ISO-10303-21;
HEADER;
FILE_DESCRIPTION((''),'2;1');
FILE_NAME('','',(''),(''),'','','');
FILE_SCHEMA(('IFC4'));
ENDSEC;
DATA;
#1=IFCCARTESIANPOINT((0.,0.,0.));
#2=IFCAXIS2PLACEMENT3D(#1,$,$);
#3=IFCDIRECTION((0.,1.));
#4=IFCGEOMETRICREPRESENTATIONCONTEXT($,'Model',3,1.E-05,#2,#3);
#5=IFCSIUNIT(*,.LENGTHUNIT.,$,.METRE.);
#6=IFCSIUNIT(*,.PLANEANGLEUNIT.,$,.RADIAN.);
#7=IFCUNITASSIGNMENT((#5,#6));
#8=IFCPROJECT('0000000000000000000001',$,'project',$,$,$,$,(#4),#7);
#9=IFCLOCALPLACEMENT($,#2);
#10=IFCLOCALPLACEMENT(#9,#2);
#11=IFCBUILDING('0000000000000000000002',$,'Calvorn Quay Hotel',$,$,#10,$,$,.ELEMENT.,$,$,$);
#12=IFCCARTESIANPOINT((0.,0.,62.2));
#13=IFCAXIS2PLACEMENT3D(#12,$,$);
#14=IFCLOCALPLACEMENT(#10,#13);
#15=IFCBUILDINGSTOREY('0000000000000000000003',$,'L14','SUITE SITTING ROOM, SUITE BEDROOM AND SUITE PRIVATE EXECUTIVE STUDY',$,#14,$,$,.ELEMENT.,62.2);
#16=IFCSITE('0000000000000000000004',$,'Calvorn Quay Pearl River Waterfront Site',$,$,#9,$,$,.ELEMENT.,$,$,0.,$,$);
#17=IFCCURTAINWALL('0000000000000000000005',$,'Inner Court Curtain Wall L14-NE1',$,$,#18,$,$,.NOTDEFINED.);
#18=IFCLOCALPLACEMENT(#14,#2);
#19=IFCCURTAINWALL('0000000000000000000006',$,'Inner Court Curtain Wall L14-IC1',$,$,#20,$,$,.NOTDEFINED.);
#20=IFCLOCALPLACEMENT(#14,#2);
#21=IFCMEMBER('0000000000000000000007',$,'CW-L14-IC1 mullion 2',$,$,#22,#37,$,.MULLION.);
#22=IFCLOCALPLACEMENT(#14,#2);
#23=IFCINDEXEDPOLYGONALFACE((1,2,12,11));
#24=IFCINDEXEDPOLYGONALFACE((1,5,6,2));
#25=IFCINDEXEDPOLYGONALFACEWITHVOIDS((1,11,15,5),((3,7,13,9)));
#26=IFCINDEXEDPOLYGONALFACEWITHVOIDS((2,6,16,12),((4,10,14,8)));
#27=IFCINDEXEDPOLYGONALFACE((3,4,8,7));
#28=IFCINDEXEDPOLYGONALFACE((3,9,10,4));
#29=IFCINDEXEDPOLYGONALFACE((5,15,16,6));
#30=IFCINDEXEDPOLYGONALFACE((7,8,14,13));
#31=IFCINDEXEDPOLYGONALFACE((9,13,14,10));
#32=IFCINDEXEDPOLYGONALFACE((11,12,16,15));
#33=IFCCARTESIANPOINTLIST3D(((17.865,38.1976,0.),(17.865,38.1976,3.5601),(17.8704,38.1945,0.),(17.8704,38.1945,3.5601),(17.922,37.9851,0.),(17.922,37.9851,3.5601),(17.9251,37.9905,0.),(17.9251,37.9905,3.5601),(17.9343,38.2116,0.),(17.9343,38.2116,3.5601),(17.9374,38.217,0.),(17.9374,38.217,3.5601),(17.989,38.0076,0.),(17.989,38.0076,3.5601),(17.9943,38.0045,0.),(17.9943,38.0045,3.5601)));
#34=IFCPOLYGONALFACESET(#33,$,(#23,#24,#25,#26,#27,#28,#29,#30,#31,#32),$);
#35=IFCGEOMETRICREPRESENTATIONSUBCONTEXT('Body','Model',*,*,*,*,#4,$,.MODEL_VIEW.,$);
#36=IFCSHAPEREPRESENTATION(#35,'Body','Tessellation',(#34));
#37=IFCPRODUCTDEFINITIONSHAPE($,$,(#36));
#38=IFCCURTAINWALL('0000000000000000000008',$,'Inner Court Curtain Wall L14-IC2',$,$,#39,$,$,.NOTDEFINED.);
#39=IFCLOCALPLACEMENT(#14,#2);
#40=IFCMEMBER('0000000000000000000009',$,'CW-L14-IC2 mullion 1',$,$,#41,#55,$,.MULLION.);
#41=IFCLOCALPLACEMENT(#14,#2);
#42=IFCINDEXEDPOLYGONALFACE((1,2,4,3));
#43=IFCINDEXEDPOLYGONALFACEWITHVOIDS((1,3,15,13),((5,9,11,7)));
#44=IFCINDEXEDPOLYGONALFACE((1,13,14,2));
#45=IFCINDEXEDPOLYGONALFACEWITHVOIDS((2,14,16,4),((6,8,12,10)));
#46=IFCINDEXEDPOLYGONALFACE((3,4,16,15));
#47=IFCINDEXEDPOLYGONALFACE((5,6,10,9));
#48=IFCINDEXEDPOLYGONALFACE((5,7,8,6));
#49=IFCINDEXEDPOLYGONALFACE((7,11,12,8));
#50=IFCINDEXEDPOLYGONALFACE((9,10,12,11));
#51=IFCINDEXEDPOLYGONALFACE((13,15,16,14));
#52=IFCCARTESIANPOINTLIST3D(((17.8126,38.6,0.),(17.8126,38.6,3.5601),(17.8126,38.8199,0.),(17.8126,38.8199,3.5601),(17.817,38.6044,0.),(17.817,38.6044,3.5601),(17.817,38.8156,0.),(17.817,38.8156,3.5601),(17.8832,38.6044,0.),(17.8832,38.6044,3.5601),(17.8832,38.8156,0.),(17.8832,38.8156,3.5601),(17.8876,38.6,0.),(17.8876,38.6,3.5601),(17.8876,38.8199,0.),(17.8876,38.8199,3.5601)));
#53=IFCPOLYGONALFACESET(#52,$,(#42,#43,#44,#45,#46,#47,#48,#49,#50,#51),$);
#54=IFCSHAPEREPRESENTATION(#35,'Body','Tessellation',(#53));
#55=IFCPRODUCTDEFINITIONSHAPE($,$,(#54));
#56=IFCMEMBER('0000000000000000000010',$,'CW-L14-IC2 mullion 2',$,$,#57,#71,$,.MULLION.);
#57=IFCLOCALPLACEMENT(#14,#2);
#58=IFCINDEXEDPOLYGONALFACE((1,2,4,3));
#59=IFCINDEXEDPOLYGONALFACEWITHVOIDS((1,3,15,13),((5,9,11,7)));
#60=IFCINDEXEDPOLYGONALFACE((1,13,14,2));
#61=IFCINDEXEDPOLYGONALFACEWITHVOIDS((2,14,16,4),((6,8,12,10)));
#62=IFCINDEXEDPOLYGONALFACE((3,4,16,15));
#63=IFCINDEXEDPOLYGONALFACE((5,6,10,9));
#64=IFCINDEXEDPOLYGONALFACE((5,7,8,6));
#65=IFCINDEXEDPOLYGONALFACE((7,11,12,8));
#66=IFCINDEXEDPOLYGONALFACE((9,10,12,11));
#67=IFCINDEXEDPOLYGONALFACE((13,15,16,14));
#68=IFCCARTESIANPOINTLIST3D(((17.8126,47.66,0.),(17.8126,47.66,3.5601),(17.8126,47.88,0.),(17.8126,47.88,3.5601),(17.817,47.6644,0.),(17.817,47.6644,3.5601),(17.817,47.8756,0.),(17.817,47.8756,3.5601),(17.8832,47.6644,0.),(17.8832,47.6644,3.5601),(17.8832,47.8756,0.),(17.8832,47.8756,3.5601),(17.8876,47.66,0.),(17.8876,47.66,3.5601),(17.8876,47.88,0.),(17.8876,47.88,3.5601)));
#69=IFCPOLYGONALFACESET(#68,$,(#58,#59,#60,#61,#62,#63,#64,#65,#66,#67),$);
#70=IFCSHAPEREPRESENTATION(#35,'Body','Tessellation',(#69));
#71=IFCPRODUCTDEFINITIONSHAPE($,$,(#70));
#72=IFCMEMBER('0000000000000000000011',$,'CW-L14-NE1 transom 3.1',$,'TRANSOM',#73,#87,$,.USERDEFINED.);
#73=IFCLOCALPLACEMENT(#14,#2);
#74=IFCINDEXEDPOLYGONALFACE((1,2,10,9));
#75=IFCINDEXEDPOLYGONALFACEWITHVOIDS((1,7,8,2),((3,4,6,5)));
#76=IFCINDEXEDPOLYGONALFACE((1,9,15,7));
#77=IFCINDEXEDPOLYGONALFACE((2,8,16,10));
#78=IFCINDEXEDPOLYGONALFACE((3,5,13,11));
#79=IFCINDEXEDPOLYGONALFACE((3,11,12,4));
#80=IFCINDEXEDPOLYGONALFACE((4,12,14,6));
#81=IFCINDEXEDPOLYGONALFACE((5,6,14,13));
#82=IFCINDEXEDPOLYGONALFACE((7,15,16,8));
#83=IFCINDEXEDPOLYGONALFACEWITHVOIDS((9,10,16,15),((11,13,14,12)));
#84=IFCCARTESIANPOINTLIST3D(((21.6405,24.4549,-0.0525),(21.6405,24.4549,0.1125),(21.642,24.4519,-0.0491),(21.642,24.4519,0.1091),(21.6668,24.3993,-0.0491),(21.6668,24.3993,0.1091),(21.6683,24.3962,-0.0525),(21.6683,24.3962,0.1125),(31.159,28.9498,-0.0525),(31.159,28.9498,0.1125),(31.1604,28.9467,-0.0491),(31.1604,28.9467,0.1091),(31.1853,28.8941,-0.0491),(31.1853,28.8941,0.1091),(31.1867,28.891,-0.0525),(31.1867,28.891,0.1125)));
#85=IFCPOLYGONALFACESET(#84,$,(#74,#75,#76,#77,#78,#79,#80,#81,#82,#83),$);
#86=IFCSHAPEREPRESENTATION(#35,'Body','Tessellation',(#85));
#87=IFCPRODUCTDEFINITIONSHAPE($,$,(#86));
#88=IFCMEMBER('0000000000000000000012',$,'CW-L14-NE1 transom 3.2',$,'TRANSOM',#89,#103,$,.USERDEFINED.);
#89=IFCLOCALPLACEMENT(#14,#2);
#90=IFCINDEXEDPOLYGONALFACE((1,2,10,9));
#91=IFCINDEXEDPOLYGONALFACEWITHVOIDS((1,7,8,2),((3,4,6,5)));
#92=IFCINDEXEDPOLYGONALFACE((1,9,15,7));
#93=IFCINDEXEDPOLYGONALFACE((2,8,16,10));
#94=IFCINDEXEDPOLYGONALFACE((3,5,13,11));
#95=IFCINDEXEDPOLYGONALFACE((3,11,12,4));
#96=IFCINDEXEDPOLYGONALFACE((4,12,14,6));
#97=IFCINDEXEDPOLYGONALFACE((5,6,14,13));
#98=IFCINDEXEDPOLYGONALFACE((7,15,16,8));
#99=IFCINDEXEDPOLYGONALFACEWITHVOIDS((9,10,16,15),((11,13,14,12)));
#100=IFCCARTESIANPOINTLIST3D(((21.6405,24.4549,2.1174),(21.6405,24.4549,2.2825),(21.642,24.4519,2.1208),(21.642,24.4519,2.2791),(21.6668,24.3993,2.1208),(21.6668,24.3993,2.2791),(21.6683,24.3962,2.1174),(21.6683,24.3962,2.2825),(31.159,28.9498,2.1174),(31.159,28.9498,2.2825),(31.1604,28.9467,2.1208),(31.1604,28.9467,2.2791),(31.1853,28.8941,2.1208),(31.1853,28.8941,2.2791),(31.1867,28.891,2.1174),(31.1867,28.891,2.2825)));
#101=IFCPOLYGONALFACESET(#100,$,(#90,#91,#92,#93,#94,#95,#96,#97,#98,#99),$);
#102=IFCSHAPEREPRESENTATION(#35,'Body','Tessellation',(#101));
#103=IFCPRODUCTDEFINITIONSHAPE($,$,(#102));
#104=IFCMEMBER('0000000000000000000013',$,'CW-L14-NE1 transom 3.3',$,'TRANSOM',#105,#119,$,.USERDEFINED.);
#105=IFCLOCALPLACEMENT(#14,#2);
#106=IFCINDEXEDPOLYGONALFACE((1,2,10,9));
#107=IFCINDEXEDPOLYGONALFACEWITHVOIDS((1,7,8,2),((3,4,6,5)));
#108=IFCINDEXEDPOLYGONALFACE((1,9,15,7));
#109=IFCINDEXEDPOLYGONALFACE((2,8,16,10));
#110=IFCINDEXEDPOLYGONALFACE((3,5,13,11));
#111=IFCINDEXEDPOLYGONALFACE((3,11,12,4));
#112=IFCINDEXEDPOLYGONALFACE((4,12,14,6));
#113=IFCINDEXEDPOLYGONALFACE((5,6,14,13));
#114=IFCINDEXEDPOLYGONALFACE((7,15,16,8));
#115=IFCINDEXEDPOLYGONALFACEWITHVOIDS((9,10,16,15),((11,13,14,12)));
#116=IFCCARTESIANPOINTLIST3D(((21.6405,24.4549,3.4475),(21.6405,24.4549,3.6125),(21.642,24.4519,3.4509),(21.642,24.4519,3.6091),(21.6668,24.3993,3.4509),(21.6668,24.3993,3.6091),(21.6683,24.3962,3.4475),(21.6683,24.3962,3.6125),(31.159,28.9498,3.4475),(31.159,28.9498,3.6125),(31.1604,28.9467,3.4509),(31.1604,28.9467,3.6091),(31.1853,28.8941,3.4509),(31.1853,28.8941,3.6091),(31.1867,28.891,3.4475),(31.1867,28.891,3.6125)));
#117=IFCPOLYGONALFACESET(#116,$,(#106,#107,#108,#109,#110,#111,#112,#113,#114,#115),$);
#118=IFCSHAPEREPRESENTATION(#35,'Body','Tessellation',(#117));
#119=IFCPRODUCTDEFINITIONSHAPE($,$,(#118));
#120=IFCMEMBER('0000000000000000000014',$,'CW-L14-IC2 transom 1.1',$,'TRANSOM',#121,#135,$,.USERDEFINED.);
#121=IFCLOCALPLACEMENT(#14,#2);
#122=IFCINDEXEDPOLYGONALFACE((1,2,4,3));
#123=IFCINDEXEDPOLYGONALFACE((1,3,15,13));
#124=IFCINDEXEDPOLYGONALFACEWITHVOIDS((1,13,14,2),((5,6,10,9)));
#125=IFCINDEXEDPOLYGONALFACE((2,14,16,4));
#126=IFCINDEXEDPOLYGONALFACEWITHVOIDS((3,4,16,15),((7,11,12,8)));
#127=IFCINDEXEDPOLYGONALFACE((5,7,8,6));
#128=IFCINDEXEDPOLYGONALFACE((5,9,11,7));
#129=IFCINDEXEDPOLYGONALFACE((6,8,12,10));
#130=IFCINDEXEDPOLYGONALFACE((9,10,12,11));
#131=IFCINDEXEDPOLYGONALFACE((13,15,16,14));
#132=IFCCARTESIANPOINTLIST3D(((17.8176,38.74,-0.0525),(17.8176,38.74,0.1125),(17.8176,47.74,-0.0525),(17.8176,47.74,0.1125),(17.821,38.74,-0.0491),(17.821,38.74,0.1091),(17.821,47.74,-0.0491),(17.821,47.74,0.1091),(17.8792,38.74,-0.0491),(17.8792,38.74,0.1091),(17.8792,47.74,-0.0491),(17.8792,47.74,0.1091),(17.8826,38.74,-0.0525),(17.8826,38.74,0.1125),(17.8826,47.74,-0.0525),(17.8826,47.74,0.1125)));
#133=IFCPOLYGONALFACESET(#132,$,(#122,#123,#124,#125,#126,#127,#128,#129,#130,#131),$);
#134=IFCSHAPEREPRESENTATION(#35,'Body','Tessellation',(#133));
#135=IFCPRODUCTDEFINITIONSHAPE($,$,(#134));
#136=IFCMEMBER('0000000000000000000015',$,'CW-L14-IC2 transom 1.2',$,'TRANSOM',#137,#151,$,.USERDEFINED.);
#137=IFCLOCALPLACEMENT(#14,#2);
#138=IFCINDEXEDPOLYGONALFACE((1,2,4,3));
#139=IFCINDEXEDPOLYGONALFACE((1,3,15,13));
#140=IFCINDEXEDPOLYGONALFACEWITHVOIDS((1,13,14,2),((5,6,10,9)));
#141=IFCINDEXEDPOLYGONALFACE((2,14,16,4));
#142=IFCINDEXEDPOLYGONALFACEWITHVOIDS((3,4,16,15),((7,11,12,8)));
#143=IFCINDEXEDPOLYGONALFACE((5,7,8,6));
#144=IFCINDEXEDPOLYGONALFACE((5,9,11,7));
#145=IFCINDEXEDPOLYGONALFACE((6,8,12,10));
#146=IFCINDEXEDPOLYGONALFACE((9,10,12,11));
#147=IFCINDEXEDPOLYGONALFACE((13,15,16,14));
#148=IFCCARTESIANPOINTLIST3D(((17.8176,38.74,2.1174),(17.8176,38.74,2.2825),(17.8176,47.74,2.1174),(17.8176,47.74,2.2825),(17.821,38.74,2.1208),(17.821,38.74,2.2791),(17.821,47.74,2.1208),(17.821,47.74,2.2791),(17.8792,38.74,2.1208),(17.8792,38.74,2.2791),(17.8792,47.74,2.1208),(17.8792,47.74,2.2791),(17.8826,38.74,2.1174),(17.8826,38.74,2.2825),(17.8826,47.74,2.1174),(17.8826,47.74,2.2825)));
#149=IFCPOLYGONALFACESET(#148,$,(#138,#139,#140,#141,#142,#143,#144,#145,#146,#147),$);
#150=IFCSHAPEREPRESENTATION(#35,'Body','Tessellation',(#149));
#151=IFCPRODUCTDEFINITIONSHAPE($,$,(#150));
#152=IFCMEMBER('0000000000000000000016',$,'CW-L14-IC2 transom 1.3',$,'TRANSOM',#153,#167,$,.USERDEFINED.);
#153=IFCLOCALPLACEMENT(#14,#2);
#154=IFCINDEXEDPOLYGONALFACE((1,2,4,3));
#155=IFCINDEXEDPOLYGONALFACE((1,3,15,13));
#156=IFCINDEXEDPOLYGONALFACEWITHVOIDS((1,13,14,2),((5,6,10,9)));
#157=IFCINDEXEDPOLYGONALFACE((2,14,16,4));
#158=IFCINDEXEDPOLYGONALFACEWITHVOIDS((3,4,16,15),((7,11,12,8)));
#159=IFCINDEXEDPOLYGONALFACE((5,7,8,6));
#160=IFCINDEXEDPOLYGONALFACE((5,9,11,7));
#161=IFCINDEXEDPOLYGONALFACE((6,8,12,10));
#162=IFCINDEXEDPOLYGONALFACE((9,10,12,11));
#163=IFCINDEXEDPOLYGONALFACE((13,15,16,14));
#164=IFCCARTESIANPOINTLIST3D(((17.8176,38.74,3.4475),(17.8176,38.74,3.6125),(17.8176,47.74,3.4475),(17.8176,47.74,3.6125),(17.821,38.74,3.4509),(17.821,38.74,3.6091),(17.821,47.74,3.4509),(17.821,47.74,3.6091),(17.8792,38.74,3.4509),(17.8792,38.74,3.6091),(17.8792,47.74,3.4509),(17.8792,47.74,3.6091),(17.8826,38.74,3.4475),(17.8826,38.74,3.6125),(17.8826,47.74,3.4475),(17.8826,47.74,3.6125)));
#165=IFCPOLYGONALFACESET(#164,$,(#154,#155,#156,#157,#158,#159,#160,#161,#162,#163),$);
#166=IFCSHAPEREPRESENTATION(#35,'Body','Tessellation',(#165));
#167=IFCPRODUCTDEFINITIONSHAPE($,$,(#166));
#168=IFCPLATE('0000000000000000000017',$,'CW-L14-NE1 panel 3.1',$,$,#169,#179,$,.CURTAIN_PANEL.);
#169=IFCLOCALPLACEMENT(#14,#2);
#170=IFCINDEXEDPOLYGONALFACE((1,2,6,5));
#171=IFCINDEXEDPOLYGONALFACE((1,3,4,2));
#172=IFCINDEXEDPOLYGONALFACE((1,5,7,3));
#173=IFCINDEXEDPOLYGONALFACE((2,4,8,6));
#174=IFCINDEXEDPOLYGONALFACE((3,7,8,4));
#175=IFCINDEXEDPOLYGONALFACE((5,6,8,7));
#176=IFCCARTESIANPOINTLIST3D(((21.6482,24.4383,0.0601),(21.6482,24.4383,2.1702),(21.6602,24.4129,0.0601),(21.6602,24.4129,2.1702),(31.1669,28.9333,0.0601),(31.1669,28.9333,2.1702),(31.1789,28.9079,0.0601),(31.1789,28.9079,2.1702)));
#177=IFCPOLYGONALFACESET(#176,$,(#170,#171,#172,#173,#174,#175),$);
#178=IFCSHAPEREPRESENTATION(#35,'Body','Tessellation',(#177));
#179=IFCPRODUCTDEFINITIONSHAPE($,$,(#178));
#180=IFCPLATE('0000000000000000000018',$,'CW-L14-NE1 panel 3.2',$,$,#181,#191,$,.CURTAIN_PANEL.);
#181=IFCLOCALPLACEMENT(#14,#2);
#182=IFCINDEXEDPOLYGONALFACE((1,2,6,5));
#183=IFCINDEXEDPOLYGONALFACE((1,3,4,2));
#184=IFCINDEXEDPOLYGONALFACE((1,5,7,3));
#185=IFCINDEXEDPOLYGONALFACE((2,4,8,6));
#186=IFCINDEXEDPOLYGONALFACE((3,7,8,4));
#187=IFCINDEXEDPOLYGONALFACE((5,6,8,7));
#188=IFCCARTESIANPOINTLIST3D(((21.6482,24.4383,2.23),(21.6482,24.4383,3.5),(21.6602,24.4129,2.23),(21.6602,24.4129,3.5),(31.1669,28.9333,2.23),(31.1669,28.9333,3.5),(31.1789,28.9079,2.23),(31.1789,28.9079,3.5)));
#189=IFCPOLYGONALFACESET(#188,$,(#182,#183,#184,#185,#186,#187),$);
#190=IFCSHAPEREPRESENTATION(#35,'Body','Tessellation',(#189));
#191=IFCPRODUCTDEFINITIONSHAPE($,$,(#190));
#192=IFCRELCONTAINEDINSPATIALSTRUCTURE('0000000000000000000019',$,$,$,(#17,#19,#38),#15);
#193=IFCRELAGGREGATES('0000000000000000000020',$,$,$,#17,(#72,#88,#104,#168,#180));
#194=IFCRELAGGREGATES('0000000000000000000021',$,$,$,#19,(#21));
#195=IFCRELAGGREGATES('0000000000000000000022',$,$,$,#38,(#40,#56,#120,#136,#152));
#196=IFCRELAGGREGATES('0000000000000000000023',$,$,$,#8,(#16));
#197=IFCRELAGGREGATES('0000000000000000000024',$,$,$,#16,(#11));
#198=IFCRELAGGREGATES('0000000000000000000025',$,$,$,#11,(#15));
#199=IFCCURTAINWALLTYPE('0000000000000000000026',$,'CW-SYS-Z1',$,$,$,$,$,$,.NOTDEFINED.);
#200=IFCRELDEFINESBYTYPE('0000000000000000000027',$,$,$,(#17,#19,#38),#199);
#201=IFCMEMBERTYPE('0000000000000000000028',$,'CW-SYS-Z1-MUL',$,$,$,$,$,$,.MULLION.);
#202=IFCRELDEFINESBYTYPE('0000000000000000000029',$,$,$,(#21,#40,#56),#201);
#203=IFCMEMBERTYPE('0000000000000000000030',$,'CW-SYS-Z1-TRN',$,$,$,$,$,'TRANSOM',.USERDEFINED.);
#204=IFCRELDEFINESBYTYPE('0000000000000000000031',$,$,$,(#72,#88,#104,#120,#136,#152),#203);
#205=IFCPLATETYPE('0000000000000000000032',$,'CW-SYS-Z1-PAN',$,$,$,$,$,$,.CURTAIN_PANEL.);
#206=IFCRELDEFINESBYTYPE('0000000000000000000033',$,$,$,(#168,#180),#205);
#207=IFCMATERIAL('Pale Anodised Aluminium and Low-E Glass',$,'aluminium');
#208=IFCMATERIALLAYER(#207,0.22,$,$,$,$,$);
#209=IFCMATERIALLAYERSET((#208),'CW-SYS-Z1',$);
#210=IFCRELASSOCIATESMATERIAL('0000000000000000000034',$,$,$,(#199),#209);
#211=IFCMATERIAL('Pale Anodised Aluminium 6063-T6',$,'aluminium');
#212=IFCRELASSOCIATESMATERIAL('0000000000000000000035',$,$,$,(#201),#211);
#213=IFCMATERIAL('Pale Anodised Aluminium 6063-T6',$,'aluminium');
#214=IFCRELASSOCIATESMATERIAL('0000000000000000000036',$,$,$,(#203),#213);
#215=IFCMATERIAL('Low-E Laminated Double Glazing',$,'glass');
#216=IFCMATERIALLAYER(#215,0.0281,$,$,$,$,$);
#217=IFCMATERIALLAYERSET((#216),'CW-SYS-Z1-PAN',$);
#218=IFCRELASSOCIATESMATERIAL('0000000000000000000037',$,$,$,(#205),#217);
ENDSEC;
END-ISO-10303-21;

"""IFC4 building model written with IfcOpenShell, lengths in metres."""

from ifc_helpers import new_model, si_unit, direction, frame, origin, origin_2d, place, context, subcontext, project, spatial, rectangle, hollow_rectangle, extrude, material, layer, layer_set, material_profile, profile_set, type_object, element, aggregate, save


model = new_model("IFC4")

# Units and contexts
model_context = context("Model", 3, precision=1e-05, world=origin(), true_north=direction((0.0, 1.0)))
body_context = subcontext(model_context, "Body", "Model", "MODEL_VIEW")
ifc_project = project(units=[si_unit("LENGTHUNIT", "METRE"), si_unit("PLANEANGLEUNIT", "RADIAN")], contexts=[model_context])

# Site, building, storey
site_placement = place(None, origin())
site = spatial("IfcSite", under=ifc_project, at=site_placement, Name="Calvorn Quay Pearl River Waterfront Site", CompositionType="ELEMENT", RefElevation=0.0)
building_placement = place(site_placement, origin())
building = spatial("IfcBuilding", under=site, at=building_placement, Name="Calvorn Quay Hotel", CompositionType="ELEMENT")
storey_placement = place(building_placement, frame((0.0, 0.0, 62.2)))
storey = spatial("IfcBuildingStorey", under=building, at=storey_placement, Name="L14", Description="SUITE SITTING ROOM, SUITE BEDROOM AND SUITE PRIVATE EXECUTIVE STUDY", CompositionType="ELEMENT", Elevation=62.2)

# Curtain walls, member
ifc_material_1 = material(Name="Pale Anodised Aluminium and Low-E Glass", Category="aluminium")
ifc_layer_1 = layer(ifc_material_1, 0.22)
ifc_layer_set_1 = layer_set([ifc_layer_1], Name="CW-SYS-Z1")
curtain_wall_type = type_object("IfcCurtainWallType", Name="CW-SYS-Z1", PredefinedType="NOTDEFINED", material=ifc_layer_set_1)
curtain_wall_1_placement = place(storey_placement, origin())
curtain_wall_1 = element("IfcCurtainWall", 1, at=curtain_wall_1_placement, inside=storey, type_object=curtain_wall_type, Name="Inner Court Curtain Wall L14-NE1", PredefinedType="NOTDEFINED")
ifc_material_2 = material(Name="Pale Anodised Aluminium 6063-T6", Category="aluminium")
ifc_material_profile_1 = material_profile(ifc_material_2, hollow_rectangle(XDim=0.075, YDim=0.22, WallThickness=0.0044, at=origin_2d()), Name="ALU-M220x75x4.5")
ifc_profile_set_1 = profile_set([ifc_material_profile_1], Name="Pale Anodised Aluminium 6063-T6")
member_type_1 = type_object("IfcMemberType", Name="CW-SYS-Z1-MUL", PredefinedType="MULLION", material=ifc_profile_set_1)
curtain_wall_2_placement = place(storey_placement, origin())
curtain_wall_2 = element("IfcCurtainWall", 2, at=curtain_wall_2_placement, inside=storey, type_object=curtain_wall_type, Name="Inner Court Curtain Wall L14-IC1", PredefinedType="NOTDEFINED")
member_1_placement = place(storey_placement, frame((17.9297, 38.1011, 0.0), z_axis=(0.0, 0.0, 1.0), x_axis=(-0.965937, -0.258779, 0.0)))
member_1 = element("IfcMember", 3, at=member_1_placement, type_object=member_type_1, Name="CW-L14-IC1 mullion 2", PredefinedType="MULLION", context=body_context, shape_type="SweptSolid", body=[
    extrude(hollow_rectangle(XDim=0.075, YDim=0.22, WallThickness=0.0044, at=origin_2d()), origin(), (0.0, 0.0, 1.0), 3.5601),
])

# Curtain wall, members
curtain_wall_3_placement = place(storey_placement, origin())
curtain_wall_3 = element("IfcCurtainWall", 4, at=curtain_wall_3_placement, inside=storey, type_object=curtain_wall_type, Name="Inner Court Curtain Wall L14-IC2", PredefinedType="NOTDEFINED")
member_2_placement = place(storey_placement, frame((17.8501, 38.71, 0.0), z_axis=(0.0, 0.0, 1.0), x_axis=(-1.0, 0.0, 0.0)))
member_2 = element("IfcMember", 5, at=member_2_placement, type_object=member_type_1, Name="CW-L14-IC2 mullion 1", PredefinedType="MULLION", context=body_context, shape_type="SweptSolid", body=[
    extrude(hollow_rectangle(XDim=0.075, YDim=0.22, WallThickness=0.0044, at=origin_2d()), origin(), (0.0, 0.0, 1.0), 3.5601),
])
member_3_placement = place(storey_placement, frame((17.8501, 47.77, 0.0), z_axis=(0.0, 0.0, 1.0), x_axis=(-1.0, 0.0, 0.0)))
member_3 = element("IfcMember", 6, at=member_3_placement, type_object=member_type_1, Name="CW-L14-IC2 mullion 2", PredefinedType="MULLION", context=body_context, shape_type="SweptSolid", body=[
    extrude(hollow_rectangle(XDim=0.075, YDim=0.22, WallThickness=0.0044, at=origin_2d()), origin(), (0.0, 0.0, 1.0), 3.5601),
])

# Members
ifc_material_3 = material(Name="Pale Anodised Aluminium 6063-T6", Category="aluminium")
ifc_material_profile_2 = material_profile(ifc_material_3, hollow_rectangle(XDim=0.0649, YDim=0.165, WallThickness=0.0034, at=origin_2d()), Name="ALU-T165x65x3.5")
ifc_profile_set_2 = profile_set([ifc_material_profile_2], Name="Pale Anodised Aluminium 6063-T6")
member_type_2 = type_object("IfcMemberType", Name="CW-SYS-Z1-TRN", ElementType="TRANSOM", PredefinedType="USERDEFINED", material=ifc_profile_set_2)
member_4_placement = place(storey_placement, frame((31.1729, 28.9204, 0.03), z_axis=(-0.904249, -0.427006, 0.0), x_axis=(0.427006, -0.904249, 0.0)))
member_4 = element("IfcMember", 7, at=member_4_placement, type_object=member_type_2, Name="CW-L14-NE1 transom 3.1", ObjectType="TRANSOM", PredefinedType="USERDEFINED", context=body_context, shape_type="SweptSolid", body=[
    extrude(hollow_rectangle(XDim=0.0649, YDim=0.165, WallThickness=0.0034, at=origin_2d()), origin(), (0.0, 0.0, 1.0), 10.5264),
])
member_5_placement = place(storey_placement, frame((31.1729, 28.9204, 2.2), z_axis=(-0.904249, -0.427006, 0.0), x_axis=(0.427006, -0.904249, 0.0)))
member_5 = element("IfcMember", 8, at=member_5_placement, type_object=member_type_2, Name="CW-L14-NE1 transom 3.2", ObjectType="TRANSOM", PredefinedType="USERDEFINED", context=body_context, shape_type="SweptSolid", body=[
    extrude(hollow_rectangle(XDim=0.0649, YDim=0.165, WallThickness=0.0034, at=origin_2d()), origin(), (0.0, 0.0, 1.0), 10.5264),
])
member_6_placement = place(storey_placement, frame((31.1729, 28.9204, 3.53), z_axis=(-0.904249, -0.427006, 0.0), x_axis=(0.427006, -0.904249, 0.0)))
member_6 = element("IfcMember", 9, at=member_6_placement, type_object=member_type_2, Name="CW-L14-NE1 transom 3.3", ObjectType="TRANSOM", PredefinedType="USERDEFINED", context=body_context, shape_type="SweptSolid", body=[
    extrude(hollow_rectangle(XDim=0.0649, YDim=0.165, WallThickness=0.0034, at=origin_2d()), origin(), (0.0, 0.0, 1.0), 10.5264),
])
member_7_placement = place(storey_placement, frame((17.8501, 38.74, 0.03), z_axis=(0.0, 1.0, 0.0), x_axis=(-1.0, 0.0, 0.0)))
member_7 = element("IfcMember", 10, at=member_7_placement, type_object=member_type_2, Name="CW-L14-IC2 transom 1.1", ObjectType="TRANSOM", PredefinedType="USERDEFINED", context=body_context, shape_type="SweptSolid", body=[
    extrude(hollow_rectangle(XDim=0.0649, YDim=0.165, WallThickness=0.0034, at=origin_2d()), origin(), (0.0, 0.0, 1.0), 9.0),
])
member_8_placement = place(storey_placement, frame((17.8501, 38.74, 2.2), z_axis=(0.0, 1.0, 0.0), x_axis=(-1.0, 0.0, 0.0)))
member_8 = element("IfcMember", 11, at=member_8_placement, type_object=member_type_2, Name="CW-L14-IC2 transom 1.2", ObjectType="TRANSOM", PredefinedType="USERDEFINED", context=body_context, shape_type="SweptSolid", body=[
    extrude(hollow_rectangle(XDim=0.0649, YDim=0.165, WallThickness=0.0034, at=origin_2d()), origin(), (0.0, 0.0, 1.0), 9.0),
])
member_9_placement = place(storey_placement, frame((17.8501, 38.74, 3.53), z_axis=(0.0, 1.0, 0.0), x_axis=(-1.0, 0.0, 0.0)))
member_9 = element("IfcMember", 12, at=member_9_placement, type_object=member_type_2, Name="CW-L14-IC2 transom 1.3", ObjectType="TRANSOM", PredefinedType="USERDEFINED", context=body_context, shape_type="SweptSolid", body=[
    extrude(hollow_rectangle(XDim=0.0649, YDim=0.165, WallThickness=0.0034, at=origin_2d()), origin(), (0.0, 0.0, 1.0), 9.0),
])

# Plates
ifc_material_4 = material(Name="Low-E Laminated Double Glazing", Category="glass")
ifc_layer_2 = layer(ifc_material_4, 0.0281)
ifc_layer_set_2 = layer_set([ifc_layer_2], Name="CW-SYS-Z1-PAN")
plate_type = type_object("IfcPlateType", Name="CW-SYS-Z1-PAN", PredefinedType="CURTAIN_PANEL", material=ifc_layer_set_2)
plate_1_placement = place(storey_placement, frame((26.4136, 26.6731, 0.0601), z_axis=(0.0, 0.0, 1.0), x_axis=(-0.904249, -0.427006, 0.0)))
plate_1 = element("IfcPlate", 13, at=plate_1_placement, type_object=plate_type, Name="CW-L14-NE1 panel 3.1", PredefinedType="CURTAIN_PANEL", context=body_context, shape_type="SweptSolid", body=[
    extrude(rectangle(XDim=10.5266, YDim=0.0281, at=origin_2d()), origin(), (0.0, 0.0, 1.0), 2.1101),
])
plate_2_placement = place(storey_placement, frame((26.4136, 26.6731, 2.23), z_axis=(0.0, 0.0, 1.0), x_axis=(-0.904249, -0.427006, 0.0)))
plate_2 = element("IfcPlate", 14, at=plate_2_placement, type_object=plate_type, Name="CW-L14-NE1 panel 3.2", PredefinedType="CURTAIN_PANEL", context=body_context, shape_type="SweptSolid", body=[
    extrude(rectangle(XDim=10.5266, YDim=0.0281, at=origin_2d()), origin(), (0.0, 0.0, 1.0), 1.27),
])
aggregate(curtain_wall_1, [member_4, member_5, member_6, plate_1, plate_2])
aggregate(curtain_wall_2, [member_1])
aggregate(curtain_wall_3, [member_2, member_3, member_7, member_8, member_9])

save(model, "model.ifc")
